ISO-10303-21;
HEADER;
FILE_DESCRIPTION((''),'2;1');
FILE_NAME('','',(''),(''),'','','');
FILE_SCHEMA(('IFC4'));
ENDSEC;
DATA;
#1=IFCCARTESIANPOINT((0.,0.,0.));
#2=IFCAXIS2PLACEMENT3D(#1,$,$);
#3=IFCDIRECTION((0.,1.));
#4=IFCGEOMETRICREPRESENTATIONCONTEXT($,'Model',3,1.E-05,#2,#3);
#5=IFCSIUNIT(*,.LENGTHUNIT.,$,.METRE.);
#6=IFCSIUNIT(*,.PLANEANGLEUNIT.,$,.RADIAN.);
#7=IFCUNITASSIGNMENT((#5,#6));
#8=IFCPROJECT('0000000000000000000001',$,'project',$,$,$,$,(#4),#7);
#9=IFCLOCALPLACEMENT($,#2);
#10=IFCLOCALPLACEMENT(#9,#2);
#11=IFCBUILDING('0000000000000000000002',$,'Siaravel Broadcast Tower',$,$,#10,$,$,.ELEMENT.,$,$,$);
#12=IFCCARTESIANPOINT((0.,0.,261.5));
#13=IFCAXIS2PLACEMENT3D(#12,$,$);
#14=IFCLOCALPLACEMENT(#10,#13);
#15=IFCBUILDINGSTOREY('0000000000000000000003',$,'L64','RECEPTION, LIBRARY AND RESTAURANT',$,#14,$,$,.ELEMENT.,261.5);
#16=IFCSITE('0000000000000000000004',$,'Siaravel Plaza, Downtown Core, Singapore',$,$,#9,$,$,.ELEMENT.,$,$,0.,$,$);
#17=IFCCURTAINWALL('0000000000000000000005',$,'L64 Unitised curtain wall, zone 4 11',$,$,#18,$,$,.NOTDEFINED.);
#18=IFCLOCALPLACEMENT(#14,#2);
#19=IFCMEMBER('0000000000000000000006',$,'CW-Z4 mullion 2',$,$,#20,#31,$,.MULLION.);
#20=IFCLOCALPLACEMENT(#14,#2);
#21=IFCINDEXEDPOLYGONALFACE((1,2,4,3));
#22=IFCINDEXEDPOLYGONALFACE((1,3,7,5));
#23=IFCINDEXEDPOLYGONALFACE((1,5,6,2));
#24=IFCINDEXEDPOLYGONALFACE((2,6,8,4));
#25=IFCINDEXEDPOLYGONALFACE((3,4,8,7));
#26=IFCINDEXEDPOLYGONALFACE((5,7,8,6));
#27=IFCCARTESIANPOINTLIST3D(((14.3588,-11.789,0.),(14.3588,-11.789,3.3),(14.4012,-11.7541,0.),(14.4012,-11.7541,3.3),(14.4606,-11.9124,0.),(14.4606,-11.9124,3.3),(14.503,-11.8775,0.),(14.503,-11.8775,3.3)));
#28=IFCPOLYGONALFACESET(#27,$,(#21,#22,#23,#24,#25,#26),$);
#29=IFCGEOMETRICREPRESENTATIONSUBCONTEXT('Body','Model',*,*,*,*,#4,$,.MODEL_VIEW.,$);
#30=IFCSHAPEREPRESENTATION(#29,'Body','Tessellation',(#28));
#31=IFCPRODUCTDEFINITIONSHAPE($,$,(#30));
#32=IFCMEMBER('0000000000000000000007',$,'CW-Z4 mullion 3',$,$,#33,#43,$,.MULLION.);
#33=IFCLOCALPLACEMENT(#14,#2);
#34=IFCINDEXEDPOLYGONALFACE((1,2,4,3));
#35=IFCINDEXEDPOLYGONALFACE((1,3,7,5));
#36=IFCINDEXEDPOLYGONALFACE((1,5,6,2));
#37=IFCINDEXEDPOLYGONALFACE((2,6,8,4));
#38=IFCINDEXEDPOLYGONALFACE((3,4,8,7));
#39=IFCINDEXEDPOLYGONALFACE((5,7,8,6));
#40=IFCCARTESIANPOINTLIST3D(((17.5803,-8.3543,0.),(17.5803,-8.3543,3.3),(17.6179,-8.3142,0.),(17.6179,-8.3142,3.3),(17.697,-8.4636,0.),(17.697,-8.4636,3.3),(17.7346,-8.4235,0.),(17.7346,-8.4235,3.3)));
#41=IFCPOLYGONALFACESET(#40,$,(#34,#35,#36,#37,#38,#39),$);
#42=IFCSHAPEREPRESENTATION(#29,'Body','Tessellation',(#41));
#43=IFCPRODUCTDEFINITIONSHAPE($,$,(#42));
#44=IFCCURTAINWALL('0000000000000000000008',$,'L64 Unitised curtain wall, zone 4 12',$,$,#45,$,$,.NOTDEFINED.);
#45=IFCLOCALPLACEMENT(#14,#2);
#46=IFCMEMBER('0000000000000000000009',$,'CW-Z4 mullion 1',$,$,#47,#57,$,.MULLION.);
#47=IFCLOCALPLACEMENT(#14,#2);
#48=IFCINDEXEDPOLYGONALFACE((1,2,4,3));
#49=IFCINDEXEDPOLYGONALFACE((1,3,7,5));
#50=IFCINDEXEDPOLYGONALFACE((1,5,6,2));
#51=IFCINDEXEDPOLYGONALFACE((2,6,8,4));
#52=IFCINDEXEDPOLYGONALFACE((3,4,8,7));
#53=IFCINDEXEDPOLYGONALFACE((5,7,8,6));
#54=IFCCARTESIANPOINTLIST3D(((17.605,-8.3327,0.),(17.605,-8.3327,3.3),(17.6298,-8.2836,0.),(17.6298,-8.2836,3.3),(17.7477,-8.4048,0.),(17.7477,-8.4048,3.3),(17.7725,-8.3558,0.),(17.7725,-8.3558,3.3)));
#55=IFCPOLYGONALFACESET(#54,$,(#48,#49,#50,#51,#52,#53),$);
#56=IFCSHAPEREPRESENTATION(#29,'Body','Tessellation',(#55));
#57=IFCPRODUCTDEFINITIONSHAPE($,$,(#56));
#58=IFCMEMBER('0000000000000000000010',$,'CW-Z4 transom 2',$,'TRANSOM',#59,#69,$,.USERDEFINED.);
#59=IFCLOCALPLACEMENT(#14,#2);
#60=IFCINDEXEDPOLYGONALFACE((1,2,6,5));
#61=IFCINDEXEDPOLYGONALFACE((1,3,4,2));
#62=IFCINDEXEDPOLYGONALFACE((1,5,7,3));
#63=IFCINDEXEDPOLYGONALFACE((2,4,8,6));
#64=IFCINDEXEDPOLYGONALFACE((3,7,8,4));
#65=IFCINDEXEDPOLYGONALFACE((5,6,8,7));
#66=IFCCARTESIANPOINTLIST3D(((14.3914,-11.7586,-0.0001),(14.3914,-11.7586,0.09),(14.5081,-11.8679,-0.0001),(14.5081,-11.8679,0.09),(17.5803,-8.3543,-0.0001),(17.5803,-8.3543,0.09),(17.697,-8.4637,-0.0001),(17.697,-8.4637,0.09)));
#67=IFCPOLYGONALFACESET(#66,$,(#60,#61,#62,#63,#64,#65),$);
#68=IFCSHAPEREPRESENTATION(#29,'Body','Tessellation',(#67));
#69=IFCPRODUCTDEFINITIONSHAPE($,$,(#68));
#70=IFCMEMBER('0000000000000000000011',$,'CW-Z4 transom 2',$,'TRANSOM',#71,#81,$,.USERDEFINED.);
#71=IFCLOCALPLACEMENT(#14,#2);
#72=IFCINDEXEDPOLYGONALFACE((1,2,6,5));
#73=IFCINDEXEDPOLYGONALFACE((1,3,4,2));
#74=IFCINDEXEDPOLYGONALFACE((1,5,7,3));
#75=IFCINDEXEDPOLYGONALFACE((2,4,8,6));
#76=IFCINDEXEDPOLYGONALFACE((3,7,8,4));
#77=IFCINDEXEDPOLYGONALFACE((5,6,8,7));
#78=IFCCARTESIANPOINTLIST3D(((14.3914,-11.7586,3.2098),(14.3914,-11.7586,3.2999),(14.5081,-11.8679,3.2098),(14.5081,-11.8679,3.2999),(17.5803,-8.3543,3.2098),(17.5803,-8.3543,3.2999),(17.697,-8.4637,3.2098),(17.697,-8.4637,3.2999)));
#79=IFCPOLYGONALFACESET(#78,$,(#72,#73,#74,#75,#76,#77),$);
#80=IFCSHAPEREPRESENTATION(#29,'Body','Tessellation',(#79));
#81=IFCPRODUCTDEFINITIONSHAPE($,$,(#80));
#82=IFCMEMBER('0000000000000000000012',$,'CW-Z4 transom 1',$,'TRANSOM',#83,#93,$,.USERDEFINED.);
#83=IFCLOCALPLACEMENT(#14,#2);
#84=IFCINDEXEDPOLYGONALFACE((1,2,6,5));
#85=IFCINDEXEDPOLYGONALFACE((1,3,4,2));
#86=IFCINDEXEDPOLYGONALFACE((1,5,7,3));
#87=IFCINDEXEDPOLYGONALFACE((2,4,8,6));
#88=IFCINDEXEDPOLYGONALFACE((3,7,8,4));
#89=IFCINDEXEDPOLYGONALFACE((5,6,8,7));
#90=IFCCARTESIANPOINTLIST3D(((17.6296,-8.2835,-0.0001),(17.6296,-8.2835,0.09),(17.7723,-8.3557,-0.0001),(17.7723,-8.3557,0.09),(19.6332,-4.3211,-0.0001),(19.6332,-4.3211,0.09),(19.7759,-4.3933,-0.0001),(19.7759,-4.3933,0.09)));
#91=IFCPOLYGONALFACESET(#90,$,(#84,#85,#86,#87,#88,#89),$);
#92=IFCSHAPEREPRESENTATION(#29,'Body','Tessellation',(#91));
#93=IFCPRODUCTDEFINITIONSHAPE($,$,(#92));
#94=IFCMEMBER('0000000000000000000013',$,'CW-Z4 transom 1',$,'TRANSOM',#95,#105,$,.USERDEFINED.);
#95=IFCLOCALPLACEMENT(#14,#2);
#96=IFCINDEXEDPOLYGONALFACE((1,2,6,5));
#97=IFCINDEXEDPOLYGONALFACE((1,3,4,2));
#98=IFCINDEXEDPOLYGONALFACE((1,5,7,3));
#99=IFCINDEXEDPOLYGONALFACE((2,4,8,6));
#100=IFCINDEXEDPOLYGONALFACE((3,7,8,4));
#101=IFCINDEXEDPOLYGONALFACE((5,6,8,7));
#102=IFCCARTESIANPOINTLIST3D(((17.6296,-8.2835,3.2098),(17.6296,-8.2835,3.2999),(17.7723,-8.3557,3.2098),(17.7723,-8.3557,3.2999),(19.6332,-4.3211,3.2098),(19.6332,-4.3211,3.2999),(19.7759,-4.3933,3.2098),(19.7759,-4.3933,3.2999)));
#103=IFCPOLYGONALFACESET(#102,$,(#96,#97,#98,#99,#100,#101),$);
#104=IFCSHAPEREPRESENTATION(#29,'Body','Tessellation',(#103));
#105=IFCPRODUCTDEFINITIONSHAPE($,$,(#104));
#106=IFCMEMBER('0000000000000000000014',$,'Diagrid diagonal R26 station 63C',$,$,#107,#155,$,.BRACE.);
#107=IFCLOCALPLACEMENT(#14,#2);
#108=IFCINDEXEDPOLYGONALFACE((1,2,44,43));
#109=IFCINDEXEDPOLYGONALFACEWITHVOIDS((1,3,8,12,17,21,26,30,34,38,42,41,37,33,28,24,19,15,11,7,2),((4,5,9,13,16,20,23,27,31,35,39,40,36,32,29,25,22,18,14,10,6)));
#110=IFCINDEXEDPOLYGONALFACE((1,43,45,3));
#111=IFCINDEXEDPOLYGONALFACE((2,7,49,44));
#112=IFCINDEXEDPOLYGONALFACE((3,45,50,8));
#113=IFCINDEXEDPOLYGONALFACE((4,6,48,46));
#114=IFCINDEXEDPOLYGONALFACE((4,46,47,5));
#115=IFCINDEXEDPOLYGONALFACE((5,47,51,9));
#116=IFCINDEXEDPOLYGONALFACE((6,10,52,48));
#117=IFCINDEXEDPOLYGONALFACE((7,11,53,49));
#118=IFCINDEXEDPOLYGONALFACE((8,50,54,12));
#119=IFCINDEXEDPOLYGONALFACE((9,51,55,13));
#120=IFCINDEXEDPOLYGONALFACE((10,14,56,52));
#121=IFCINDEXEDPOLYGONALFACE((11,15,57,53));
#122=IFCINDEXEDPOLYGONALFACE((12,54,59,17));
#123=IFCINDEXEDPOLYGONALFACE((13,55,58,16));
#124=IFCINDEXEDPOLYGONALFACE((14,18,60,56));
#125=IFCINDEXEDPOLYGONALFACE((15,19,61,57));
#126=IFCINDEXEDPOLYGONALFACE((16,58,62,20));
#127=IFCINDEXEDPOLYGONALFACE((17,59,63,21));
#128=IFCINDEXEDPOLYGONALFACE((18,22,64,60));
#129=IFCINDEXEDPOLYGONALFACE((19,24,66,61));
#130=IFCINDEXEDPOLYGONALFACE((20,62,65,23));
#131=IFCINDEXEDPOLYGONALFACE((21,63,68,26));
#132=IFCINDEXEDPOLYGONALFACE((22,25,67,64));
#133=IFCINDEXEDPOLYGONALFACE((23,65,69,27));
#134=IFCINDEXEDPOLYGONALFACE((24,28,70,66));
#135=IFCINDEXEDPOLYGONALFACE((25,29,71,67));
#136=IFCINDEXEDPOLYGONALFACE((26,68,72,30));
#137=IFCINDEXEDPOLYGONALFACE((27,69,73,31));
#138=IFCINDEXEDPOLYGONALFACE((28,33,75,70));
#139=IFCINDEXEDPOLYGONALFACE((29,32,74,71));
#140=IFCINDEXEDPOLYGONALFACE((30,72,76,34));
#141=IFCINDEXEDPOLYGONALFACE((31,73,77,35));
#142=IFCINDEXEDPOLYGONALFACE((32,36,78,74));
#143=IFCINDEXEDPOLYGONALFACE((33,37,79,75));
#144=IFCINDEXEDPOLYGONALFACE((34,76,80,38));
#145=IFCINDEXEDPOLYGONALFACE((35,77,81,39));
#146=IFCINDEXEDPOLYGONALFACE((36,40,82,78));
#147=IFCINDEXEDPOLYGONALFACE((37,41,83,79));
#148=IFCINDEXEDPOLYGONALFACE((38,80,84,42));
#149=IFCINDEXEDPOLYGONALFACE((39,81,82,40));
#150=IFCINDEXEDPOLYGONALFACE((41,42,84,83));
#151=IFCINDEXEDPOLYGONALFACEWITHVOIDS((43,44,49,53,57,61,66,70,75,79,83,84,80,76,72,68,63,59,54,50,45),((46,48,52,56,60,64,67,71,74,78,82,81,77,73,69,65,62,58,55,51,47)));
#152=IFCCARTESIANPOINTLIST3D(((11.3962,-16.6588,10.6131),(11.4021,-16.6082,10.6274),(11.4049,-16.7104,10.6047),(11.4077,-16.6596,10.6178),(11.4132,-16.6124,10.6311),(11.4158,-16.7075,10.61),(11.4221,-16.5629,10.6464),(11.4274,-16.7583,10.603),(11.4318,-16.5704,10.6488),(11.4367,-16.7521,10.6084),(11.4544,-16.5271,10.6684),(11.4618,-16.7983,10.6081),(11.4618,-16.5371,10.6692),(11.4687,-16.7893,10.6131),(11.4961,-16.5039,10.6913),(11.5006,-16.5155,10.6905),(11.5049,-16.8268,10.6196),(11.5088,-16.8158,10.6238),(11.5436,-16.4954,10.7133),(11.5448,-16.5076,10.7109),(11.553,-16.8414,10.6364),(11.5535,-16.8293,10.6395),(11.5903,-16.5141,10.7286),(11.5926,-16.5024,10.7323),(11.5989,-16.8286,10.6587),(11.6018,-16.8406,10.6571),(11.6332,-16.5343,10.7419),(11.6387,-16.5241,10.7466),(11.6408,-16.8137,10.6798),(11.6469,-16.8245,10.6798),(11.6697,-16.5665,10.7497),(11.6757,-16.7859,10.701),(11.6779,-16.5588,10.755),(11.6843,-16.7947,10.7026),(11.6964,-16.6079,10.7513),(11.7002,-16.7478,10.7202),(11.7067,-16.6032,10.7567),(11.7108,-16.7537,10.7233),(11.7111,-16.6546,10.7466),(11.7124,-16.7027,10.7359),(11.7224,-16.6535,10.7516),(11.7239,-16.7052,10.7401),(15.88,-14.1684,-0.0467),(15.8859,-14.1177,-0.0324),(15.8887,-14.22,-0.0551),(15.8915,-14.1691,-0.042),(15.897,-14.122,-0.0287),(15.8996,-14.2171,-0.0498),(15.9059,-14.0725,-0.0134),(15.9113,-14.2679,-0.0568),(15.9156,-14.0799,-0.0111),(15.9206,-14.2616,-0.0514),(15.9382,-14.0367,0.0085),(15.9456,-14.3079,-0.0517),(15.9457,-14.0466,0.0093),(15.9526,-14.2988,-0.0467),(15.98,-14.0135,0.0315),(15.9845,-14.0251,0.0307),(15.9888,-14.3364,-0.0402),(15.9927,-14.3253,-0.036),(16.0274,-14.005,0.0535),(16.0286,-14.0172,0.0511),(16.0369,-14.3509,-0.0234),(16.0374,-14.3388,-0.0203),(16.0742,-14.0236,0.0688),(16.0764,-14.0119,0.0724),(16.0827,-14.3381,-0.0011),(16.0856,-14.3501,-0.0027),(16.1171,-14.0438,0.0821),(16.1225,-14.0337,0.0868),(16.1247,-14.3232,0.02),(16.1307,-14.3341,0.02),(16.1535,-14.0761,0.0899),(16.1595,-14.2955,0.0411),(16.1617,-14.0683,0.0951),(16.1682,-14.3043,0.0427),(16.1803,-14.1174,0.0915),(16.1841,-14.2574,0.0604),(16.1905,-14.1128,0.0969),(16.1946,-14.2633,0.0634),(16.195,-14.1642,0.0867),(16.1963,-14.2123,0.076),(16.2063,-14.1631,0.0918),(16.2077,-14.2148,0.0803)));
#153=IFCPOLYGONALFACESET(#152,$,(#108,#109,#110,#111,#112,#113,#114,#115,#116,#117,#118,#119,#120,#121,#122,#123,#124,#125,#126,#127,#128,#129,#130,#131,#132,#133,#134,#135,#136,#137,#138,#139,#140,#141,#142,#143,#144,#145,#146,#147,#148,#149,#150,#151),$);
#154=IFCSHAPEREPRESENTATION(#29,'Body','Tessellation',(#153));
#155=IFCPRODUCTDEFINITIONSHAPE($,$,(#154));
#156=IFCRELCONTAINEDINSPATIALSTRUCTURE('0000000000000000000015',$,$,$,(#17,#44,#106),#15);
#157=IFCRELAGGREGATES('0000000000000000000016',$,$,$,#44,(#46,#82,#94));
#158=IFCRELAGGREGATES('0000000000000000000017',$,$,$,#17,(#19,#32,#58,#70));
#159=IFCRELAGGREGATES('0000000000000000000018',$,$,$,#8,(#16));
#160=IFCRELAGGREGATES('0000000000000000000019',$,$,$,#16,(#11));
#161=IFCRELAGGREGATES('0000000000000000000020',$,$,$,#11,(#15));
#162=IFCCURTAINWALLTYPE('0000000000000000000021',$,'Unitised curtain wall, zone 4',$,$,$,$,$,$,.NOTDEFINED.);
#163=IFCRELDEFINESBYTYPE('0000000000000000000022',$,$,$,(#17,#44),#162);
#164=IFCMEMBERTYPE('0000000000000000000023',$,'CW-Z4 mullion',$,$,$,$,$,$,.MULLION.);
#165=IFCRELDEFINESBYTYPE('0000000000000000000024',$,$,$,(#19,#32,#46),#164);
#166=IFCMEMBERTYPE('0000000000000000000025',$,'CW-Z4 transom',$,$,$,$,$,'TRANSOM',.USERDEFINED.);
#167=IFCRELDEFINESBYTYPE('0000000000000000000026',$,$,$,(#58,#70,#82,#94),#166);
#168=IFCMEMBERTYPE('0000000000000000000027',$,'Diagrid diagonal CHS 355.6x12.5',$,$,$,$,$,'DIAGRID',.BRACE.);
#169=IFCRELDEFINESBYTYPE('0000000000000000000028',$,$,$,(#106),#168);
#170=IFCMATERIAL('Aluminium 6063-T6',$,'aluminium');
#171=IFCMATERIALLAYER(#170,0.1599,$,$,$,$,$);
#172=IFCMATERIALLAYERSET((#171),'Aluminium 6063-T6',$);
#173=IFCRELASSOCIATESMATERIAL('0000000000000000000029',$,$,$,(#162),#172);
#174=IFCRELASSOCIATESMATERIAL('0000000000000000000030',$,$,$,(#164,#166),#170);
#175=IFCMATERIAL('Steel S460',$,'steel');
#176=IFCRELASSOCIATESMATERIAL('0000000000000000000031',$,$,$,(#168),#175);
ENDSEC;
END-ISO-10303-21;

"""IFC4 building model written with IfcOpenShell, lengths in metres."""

from ifc_helpers import new_model, si_unit, direction, frame, origin, origin_2d, place, context, subcontext, project, spatial, rectangle, hollow_circle, extrude, material, layer, layer_set, material_profile, profile_set, type_object, element, aggregate, save


model = new_model("IFC4")

# Units and contexts
model_context = context("Model", 3, precision=1e-05, world=origin(), true_north=direction((0.0, 1.0)))
body_context = subcontext(model_context, "Body", "Model", "MODEL_VIEW")
ifc_project = project(units=[si_unit("LENGTHUNIT", "METRE"), si_unit("PLANEANGLEUNIT", "RADIAN")], contexts=[model_context])

# Site, building, storey
site_placement = place(None, origin())
site = spatial("IfcSite", under=ifc_project, at=site_placement, Name="Siaravel Plaza, Downtown Core, Singapore", CompositionType="ELEMENT", RefElevation=0.0)
building_placement = place(site_placement, origin())
building = spatial("IfcBuilding", under=site, at=building_placement, Name="Siaravel Broadcast Tower", CompositionType="ELEMENT")
storey_placement = place(building_placement, frame((0.0, 0.0, 261.5)))
storey = spatial("IfcBuildingStorey", under=building, at=storey_placement, Name="L64", Description="RECEPTION, LIBRARY AND RESTAURANT", CompositionType="ELEMENT", Elevation=261.5)

# Curtain wall, members
ifc_material_1 = material(Name="Aluminium 6063-T6", Category="aluminium")
ifc_layer_1 = layer(ifc_material_1, 0.1599)
ifc_layer_set_1 = layer_set([ifc_layer_1], Name="Aluminium 6063-T6")
curtain_wall_type = type_object("IfcCurtainWallType", Name="Unitised curtain wall, zone 4", PredefinedType="NOTDEFINED", material=ifc_layer_set_1)
curtain_wall_1_placement = place(storey_placement, origin())
curtain_wall_1 = element("IfcCurtainWall", 1, at=curtain_wall_1_placement, inside=storey, type_object=curtain_wall_type, Name="L64 Unitised curtain wall, zone 4 11", PredefinedType="NOTDEFINED")
ifc_material_profile_1 = material_profile(ifc_material_1, rectangle(XDim=0.1599, YDim=0.0549, at=origin_2d()))
ifc_profile_set_1 = profile_set([ifc_material_profile_1], Name="Aluminium 6063-T6")
member_type_1 = type_object("IfcMemberType", Name="CW-Z4 mullion", PredefinedType="MULLION", material=ifc_profile_set_1)
member_1_placement = place(storey_placement, frame((14.4309, -11.8333, 0.0), z_axis=(0.0, 0.0, 1.0), x_axis=(-0.63622, 0.771508, 0.0)))
member_1 = element("IfcMember", 2, at=member_1_placement, type_object=member_type_1, Name="CW-Z4 mullion 2", PredefinedType="MULLION", context=body_context, shape_type="SweptSolid", body=[
    extrude(rectangle(XDim=0.1599, YDim=0.0549, at=origin_2d()), origin(), (0.0, 0.0, 1.0), 3.3),
])
member_2_placement = place(storey_placement, frame((17.6575, -8.3889, 0.0), z_axis=(0.0, 0.0, 1.0), x_axis=(-0.729807, 0.683653, 0.0)))
member_2 = element("IfcMember", 3, at=member_2_placement, type_object=member_type_1, Name="CW-Z4 mullion 3", PredefinedType="MULLION", context=body_context, shape_type="SweptSolid", body=[
    extrude(rectangle(XDim=0.1599, YDim=0.0549, at=origin_2d()), origin(), (0.0, 0.0, 1.0), 3.3),
])

# Curtain wall, member
curtain_wall_2_placement = place(storey_placement, origin())
curtain_wall_2 = element("IfcCurtainWall", 4, at=curtain_wall_2_placement, inside=storey, type_object=curtain_wall_type, Name="L64 Unitised curtain wall, zone 4 12", PredefinedType="NOTDEFINED")
member_3_placement = place(storey_placement, frame((17.6887, -8.3442, 0.0), z_axis=(0.0, 0.0, 1.0), x_axis=(-0.892393, 0.451259, 0.0)))
member_3 = element("IfcMember", 5, at=member_3_placement, type_object=member_type_1, Name="CW-Z4 mullion 1", PredefinedType="MULLION", context=body_context, shape_type="SweptSolid", body=[
    extrude(rectangle(XDim=0.1599, YDim=0.0549, at=origin_2d()), origin(), (0.0, 0.0, 1.0), 3.3),
])

# Members
ifc_material_profile_2 = material_profile(ifc_material_1, rectangle(XDim=0.1599, YDim=0.0901, at=origin_2d()))
ifc_profile_set_2 = profile_set([ifc_material_profile_2], Name="Aluminium 6063-T6")
member_type_2 = type_object("IfcMemberType", Name="CW-Z4 transom", ElementType="TRANSOM", PredefinedType="USERDEFINED", material=ifc_profile_set_2)
member_4_placement = place(storey_placement, frame((14.4497, -11.8132, 0.0449), z_axis=(0.683649, 0.729811, 0.0), x_axis=(-0.729811, 0.683649, 0.0)))
member_4 = element("IfcMember", 6, at=member_4_placement, type_object=member_type_2, Name="CW-Z4 transom 2", ObjectType="TRANSOM", PredefinedType="USERDEFINED", context=body_context, shape_type="SweptSolid", body=[
    extrude(rectangle(XDim=0.1599, YDim=0.0901, at=origin_2d()), origin(), (0.0, 0.0, 1.0), 4.6646),
])
member_5_placement = place(storey_placement, frame((14.4497, -11.8132, 3.2549), z_axis=(0.683649, 0.729811, 0.0), x_axis=(-0.729811, 0.683649, 0.0)))
member_5 = element("IfcMember", 7, at=member_5_placement, type_object=member_type_2, Name="CW-Z4 transom 2", ObjectType="TRANSOM", PredefinedType="USERDEFINED", context=body_context, shape_type="SweptSolid", body=[
    extrude(rectangle(XDim=0.1599, YDim=0.0901, at=origin_2d()), origin(), (0.0, 0.0, 1.0), 4.6646),
])
member_6_placement = place(storey_placement, frame((17.7009, -8.3196, 0.0449), z_axis=(0.451256, 0.892395, 0.0), x_axis=(-0.892395, 0.451256, 0.0)))
member_6 = element("IfcMember", 8, at=member_6_placement, type_object=member_type_2, Name="CW-Z4 transom 1", ObjectType="TRANSOM", PredefinedType="USERDEFINED", context=body_context, shape_type="SweptSolid", body=[
    extrude(rectangle(XDim=0.1599, YDim=0.0901, at=origin_2d()), origin(), (0.0, 0.0, 1.0), 4.4402),
])
member_7_placement = place(storey_placement, frame((17.7009, -8.3196, 3.2549), z_axis=(0.451256, 0.892395, 0.0), x_axis=(-0.892395, 0.451256, 0.0)))
member_7 = element("IfcMember", 9, at=member_7_placement, type_object=member_type_2, Name="CW-Z4 transom 1", ObjectType="TRANSOM", PredefinedType="USERDEFINED", context=body_context, shape_type="SweptSolid", body=[
    extrude(rectangle(XDim=0.1599, YDim=0.0901, at=origin_2d()), origin(), (0.0, 0.0, 1.0), 4.4402),
])
aggregate(curtain_wall_2, [member_3, member_6, member_7])

# Member
ifc_material_2 = material(Name="Steel S460", Category="steel")
ifc_material_profile_3 = material_profile(ifc_material_2, hollow_circle(Radius=0.1777, WallThickness=0.0125, at=origin_2d()))
ifc_profile_set_3 = profile_set([ifc_material_profile_3], Name="Steel S460")
member_type_3 = type_object("IfcMemberType", Name="Diagrid diagonal CHS 355.6x12.5", ElementType="DIAGRID", PredefinedType="BRACE", material=ifc_profile_set_3)
member_8_placement = place(storey_placement, frame((16.0444, -14.1787, 0.02), z_axis=(-0.379037, -0.210528, 0.901115), x_axis=(0.485558, -0.874204, 0.0)))
element("IfcMember", 10, at=member_8_placement, inside=storey, type_object=member_type_3, Name="Diagrid diagonal R26 station 63C", PredefinedType="BRACE", context=body_context, shape_type="SweptSolid", body=[
    extrude(hollow_circle(Radius=0.1777, WallThickness=0.0125, at=origin_2d()), origin(), (0.0, 0.0, 1.0), 11.8296),
])

aggregate(curtain_wall_1, [member_1, member_2, member_4, member_5])

save(model, "model.ifc")
